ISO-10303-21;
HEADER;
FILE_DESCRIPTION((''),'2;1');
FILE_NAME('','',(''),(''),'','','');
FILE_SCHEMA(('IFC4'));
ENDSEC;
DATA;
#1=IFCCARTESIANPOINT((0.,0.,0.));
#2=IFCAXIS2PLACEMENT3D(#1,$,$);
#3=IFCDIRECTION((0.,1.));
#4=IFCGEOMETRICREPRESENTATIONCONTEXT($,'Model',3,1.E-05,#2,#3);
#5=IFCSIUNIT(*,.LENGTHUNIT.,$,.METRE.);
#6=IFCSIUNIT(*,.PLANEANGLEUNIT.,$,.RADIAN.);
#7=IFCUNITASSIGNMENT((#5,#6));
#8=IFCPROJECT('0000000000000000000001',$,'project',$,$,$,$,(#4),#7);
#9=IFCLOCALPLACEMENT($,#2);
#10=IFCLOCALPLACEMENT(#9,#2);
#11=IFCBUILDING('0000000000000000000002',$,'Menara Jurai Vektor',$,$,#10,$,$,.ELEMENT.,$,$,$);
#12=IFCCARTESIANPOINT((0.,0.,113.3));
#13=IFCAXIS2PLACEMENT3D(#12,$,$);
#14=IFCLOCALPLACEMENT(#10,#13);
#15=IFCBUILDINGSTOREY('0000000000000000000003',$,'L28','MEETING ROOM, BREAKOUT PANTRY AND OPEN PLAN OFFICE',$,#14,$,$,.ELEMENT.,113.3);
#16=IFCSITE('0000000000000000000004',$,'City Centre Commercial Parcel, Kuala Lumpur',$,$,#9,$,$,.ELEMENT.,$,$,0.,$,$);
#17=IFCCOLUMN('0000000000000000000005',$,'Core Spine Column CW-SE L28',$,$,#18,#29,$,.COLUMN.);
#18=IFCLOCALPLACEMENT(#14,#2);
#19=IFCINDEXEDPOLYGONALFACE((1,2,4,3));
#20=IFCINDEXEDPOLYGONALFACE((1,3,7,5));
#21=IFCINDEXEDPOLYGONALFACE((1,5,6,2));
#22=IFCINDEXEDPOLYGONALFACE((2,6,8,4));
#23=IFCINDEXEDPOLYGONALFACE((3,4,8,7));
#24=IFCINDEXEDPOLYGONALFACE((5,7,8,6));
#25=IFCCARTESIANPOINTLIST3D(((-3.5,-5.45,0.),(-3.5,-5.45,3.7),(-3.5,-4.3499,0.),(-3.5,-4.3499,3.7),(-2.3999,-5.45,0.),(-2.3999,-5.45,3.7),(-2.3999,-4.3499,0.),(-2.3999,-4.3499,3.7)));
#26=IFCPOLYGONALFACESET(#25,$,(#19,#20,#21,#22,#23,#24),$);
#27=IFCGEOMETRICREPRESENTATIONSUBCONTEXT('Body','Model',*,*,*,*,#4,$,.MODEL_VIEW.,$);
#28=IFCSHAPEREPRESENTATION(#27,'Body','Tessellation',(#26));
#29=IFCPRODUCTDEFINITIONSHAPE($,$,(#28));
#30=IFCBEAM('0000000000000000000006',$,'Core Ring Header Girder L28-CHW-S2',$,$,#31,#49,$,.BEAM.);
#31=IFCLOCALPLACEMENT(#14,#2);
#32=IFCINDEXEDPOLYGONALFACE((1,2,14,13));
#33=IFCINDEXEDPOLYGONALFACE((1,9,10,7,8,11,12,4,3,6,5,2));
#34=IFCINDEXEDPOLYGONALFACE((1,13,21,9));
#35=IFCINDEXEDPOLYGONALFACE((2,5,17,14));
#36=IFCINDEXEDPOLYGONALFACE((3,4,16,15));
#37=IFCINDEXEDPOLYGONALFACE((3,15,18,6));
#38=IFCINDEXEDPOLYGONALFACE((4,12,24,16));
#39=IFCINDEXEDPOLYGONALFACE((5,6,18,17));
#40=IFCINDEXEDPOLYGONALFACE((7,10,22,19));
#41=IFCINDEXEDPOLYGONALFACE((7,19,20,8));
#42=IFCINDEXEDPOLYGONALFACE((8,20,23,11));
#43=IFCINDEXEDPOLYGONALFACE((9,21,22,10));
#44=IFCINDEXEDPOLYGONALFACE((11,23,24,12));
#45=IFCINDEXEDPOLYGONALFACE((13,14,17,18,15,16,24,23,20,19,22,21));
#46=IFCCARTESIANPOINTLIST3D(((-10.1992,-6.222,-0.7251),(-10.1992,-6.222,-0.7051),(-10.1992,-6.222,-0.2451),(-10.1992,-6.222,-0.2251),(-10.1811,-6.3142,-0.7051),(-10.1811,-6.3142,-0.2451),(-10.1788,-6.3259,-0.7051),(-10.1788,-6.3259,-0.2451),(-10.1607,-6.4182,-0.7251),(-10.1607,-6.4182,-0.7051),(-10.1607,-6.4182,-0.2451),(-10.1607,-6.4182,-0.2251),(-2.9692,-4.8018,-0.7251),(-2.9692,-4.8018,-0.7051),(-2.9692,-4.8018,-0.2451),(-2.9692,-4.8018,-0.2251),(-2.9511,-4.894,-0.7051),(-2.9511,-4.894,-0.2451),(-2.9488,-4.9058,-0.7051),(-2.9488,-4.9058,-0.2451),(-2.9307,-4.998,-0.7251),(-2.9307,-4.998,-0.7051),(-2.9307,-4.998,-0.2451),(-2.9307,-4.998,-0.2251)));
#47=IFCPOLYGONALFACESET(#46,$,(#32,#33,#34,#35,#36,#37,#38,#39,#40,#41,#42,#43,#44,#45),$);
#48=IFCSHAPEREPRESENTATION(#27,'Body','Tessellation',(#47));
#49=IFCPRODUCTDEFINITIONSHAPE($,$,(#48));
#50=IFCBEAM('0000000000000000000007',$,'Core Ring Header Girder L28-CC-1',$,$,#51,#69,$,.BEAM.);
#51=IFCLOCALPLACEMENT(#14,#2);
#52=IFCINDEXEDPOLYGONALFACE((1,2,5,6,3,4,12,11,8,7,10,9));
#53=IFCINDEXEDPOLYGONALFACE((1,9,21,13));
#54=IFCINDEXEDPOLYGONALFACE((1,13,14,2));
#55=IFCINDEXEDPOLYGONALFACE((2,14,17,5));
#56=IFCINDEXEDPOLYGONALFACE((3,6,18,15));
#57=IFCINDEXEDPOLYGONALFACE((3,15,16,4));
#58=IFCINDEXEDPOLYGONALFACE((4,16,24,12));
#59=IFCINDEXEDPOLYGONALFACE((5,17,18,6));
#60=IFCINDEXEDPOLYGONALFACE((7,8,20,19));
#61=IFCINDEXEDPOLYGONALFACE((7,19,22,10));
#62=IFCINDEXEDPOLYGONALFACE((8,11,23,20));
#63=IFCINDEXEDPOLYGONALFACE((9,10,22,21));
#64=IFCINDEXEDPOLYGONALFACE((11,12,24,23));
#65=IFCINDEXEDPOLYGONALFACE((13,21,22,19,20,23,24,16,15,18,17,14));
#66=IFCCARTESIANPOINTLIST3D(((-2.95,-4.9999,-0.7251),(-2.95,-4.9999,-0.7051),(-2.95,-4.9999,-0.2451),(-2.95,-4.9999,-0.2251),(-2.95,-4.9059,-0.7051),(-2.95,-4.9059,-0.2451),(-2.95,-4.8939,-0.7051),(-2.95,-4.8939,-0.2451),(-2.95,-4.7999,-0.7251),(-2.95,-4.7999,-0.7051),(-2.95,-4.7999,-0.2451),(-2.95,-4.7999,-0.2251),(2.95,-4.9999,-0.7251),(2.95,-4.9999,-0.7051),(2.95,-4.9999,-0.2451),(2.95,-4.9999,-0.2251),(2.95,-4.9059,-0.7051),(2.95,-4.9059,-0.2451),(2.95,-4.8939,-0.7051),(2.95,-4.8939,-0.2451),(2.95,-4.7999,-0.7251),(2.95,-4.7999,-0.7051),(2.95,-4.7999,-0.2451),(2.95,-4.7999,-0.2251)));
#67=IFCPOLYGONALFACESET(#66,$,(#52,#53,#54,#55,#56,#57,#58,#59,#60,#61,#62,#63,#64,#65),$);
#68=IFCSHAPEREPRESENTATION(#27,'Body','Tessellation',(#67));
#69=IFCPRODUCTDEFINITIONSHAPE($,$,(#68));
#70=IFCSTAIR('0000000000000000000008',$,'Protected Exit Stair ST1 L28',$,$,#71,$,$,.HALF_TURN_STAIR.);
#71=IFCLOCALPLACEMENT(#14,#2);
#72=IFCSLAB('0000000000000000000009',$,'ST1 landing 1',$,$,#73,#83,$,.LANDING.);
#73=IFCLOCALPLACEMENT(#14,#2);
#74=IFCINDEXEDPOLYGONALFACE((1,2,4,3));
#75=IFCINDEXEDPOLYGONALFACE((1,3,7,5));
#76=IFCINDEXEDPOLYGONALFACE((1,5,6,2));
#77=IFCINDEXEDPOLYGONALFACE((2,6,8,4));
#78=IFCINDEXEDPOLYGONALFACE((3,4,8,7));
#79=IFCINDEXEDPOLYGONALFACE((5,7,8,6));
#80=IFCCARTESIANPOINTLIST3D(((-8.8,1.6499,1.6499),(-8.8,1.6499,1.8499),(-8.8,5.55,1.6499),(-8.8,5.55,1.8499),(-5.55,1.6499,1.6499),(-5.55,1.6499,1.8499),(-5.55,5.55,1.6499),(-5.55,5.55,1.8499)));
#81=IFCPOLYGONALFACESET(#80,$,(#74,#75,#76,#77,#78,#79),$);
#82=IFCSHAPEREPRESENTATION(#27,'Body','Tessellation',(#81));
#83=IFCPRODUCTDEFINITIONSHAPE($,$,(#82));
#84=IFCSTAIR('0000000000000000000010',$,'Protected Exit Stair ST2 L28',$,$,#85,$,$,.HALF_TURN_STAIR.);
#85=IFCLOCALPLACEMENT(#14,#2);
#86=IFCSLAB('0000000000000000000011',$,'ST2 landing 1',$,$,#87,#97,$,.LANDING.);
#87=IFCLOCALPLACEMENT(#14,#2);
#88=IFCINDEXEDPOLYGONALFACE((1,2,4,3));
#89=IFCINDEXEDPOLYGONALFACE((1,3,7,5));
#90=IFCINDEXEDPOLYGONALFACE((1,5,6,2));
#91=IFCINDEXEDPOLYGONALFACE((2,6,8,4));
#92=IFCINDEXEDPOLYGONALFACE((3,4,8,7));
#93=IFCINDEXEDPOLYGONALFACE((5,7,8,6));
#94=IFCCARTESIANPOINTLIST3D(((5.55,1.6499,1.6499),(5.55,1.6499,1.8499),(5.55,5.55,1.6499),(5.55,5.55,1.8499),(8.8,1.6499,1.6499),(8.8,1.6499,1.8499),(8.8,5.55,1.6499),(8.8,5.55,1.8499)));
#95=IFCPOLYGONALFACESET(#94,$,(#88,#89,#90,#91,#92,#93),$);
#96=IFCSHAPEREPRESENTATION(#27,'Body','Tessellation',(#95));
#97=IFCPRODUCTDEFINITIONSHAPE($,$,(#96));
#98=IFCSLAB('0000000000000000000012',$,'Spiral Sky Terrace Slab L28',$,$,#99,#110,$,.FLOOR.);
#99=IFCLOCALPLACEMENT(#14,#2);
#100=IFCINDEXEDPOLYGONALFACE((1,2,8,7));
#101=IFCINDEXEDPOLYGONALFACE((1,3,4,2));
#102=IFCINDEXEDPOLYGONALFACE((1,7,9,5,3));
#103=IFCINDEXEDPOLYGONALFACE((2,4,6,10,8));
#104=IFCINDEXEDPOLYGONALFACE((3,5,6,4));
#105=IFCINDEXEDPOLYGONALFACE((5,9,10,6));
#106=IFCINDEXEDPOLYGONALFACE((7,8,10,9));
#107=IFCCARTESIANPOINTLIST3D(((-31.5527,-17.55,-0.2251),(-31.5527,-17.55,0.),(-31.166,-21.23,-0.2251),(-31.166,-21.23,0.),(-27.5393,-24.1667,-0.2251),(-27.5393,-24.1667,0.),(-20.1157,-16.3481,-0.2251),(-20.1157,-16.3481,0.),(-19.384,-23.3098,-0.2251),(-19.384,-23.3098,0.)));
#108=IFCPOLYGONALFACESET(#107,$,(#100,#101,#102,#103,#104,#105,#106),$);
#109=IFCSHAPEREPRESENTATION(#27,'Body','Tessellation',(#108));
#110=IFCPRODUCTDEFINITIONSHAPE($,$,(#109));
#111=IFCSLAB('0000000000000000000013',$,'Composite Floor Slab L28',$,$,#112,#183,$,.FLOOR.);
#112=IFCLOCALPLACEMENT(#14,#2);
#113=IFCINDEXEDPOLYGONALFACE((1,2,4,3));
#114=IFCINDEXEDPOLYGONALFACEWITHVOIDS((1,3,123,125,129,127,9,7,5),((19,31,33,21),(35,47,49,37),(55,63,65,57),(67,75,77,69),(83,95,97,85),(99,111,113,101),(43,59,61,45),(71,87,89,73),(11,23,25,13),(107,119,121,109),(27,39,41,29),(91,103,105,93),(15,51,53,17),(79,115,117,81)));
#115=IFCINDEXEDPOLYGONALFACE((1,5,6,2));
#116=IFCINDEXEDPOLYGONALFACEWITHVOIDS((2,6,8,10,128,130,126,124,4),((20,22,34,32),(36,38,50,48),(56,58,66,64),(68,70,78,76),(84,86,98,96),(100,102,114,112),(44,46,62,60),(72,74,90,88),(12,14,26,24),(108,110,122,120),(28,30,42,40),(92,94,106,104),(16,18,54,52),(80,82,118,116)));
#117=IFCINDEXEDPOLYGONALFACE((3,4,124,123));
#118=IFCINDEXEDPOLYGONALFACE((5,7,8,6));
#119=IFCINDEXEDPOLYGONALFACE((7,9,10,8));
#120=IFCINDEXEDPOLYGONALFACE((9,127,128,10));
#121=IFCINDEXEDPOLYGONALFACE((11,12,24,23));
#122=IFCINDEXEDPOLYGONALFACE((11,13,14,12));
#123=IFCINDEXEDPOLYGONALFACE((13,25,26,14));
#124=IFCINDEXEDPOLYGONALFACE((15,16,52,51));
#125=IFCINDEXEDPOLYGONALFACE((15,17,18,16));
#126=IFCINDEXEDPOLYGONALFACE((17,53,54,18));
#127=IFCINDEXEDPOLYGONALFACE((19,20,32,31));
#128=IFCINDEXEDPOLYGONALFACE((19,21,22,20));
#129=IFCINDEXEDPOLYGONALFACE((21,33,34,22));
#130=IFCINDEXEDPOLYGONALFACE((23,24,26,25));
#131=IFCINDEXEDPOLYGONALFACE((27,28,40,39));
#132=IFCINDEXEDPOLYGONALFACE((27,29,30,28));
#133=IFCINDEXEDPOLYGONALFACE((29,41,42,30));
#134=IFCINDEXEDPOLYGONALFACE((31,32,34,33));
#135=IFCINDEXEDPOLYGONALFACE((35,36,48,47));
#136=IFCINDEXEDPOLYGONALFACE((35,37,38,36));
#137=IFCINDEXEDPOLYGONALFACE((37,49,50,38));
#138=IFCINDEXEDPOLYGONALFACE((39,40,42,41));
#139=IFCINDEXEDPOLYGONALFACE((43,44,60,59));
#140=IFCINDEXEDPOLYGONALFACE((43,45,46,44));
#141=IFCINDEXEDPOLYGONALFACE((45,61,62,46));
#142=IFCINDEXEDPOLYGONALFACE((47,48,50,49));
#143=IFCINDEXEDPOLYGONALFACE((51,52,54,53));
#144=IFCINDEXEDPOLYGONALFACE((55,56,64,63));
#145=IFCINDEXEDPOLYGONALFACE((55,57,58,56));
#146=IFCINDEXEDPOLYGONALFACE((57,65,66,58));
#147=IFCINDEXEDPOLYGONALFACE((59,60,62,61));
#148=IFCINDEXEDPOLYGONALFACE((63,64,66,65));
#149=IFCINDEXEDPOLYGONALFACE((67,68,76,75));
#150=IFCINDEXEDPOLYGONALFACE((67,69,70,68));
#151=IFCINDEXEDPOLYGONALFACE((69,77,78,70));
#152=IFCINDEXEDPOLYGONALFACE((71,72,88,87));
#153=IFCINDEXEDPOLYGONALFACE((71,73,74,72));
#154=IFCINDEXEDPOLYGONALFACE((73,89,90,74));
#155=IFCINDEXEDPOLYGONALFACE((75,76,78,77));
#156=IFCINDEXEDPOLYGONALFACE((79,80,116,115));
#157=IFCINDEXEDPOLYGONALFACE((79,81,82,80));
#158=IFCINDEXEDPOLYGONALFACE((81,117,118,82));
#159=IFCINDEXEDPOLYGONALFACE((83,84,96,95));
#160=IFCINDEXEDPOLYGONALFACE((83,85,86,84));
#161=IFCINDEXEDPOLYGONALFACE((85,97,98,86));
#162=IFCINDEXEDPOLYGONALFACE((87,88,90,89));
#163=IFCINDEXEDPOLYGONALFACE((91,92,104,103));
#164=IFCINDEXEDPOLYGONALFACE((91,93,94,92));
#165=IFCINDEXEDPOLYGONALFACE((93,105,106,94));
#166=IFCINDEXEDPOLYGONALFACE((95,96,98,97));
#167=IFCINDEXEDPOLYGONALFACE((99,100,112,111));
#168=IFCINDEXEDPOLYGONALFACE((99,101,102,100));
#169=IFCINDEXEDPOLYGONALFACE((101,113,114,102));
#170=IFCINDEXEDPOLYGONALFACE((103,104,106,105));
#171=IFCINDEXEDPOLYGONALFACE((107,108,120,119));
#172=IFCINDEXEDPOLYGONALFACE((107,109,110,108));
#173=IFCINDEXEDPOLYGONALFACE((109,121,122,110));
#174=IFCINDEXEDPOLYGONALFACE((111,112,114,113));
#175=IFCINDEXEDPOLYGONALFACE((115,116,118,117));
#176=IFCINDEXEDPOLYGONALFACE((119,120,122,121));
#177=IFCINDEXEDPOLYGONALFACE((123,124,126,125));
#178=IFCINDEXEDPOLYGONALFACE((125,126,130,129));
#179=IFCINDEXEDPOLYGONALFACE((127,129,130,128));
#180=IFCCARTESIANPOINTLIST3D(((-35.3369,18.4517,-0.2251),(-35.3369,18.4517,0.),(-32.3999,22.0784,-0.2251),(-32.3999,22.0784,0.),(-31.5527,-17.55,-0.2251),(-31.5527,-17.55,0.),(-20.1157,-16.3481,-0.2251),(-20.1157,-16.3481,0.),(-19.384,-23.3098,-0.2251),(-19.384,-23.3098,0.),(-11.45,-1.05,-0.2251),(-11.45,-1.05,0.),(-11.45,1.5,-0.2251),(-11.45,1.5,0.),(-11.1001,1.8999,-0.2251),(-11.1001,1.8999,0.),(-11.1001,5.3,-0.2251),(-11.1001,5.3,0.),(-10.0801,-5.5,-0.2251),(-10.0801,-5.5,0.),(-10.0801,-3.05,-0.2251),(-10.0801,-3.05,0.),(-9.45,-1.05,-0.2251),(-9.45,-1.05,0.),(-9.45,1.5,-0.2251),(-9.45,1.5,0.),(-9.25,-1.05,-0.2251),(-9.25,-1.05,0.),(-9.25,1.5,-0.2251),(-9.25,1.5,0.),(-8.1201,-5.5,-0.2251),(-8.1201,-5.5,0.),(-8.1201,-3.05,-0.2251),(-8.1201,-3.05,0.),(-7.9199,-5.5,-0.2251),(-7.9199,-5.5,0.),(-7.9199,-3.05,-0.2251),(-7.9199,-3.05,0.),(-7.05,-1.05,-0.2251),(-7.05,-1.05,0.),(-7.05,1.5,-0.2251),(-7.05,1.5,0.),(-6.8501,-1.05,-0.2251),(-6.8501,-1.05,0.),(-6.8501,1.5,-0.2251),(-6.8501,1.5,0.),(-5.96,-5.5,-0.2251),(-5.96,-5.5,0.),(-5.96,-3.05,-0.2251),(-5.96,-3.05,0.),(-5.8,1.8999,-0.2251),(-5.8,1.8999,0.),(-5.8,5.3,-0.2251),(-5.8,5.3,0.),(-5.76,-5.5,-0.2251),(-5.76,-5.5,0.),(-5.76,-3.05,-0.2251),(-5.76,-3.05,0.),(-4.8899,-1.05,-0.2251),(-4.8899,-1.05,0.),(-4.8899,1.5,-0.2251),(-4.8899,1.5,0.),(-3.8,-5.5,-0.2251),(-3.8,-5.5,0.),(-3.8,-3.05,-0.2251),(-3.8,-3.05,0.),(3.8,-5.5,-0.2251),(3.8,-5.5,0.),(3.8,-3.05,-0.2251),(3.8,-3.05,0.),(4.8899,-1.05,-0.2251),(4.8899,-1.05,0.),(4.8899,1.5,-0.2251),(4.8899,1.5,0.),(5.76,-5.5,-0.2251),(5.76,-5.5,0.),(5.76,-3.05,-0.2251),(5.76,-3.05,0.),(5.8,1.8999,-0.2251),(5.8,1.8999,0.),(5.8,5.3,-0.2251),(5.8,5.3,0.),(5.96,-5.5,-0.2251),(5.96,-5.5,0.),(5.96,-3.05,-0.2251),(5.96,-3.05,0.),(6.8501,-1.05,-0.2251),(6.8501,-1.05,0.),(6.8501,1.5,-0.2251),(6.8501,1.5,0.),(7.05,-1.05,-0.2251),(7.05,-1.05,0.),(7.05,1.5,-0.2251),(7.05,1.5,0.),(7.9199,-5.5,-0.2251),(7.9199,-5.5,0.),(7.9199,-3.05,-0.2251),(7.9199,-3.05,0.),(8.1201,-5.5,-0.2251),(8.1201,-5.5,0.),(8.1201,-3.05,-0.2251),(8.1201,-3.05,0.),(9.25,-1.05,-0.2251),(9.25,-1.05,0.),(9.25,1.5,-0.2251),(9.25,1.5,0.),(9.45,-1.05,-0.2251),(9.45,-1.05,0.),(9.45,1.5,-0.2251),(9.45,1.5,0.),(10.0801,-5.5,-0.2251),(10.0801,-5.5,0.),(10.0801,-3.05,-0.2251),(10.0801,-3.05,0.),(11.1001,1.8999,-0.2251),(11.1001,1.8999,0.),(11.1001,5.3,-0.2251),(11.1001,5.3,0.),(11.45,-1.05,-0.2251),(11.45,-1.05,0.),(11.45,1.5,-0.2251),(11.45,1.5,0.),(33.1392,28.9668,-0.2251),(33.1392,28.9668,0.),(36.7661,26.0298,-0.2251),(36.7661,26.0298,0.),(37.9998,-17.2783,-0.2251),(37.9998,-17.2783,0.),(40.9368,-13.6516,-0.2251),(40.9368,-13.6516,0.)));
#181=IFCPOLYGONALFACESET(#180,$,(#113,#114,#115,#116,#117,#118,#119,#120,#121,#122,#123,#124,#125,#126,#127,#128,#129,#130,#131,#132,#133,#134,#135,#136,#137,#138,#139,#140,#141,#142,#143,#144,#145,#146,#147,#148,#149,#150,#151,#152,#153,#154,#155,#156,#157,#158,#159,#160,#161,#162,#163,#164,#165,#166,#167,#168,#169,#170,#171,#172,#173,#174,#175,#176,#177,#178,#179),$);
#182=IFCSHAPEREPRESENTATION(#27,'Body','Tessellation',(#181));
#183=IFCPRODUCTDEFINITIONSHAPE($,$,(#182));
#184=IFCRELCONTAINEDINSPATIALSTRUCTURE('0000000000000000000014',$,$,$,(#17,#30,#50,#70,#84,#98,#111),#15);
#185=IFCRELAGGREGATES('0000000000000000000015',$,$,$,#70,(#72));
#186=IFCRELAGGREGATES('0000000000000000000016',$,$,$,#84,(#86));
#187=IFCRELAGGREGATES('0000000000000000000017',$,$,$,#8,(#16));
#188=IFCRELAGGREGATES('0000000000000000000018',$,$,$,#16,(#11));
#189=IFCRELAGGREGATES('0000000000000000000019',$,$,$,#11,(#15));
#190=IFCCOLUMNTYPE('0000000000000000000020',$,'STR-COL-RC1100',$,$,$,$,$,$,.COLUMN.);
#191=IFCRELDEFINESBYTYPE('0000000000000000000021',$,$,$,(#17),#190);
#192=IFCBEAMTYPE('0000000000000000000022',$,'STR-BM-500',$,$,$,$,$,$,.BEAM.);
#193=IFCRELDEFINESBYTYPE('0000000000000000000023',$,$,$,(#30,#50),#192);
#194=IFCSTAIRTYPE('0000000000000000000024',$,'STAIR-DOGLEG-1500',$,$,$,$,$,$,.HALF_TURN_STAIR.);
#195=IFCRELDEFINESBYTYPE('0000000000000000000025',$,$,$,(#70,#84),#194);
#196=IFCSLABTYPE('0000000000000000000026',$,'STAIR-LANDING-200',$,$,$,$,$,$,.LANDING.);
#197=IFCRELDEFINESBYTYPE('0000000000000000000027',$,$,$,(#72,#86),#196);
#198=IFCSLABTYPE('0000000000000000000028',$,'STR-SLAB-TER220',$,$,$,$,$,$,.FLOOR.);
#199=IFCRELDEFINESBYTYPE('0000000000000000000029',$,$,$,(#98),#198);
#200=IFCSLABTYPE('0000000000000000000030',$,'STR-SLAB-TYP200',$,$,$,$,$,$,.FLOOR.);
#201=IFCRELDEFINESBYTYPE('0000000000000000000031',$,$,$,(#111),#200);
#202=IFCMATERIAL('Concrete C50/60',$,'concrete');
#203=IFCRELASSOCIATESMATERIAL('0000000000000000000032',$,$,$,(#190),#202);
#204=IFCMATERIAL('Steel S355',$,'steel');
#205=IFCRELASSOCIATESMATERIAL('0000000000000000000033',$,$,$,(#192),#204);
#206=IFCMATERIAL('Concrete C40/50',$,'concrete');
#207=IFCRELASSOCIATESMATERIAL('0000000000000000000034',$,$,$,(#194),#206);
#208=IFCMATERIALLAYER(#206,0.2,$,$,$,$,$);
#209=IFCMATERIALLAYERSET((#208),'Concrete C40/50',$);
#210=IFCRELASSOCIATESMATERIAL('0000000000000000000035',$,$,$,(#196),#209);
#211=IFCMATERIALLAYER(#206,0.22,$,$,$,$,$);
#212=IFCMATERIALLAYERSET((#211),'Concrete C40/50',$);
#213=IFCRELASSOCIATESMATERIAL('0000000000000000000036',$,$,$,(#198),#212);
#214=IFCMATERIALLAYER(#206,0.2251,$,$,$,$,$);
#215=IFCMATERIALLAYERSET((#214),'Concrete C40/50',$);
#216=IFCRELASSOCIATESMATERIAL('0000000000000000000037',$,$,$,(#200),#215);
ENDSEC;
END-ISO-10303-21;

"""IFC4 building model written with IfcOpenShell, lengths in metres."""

from ifc_helpers import new_model, si_unit, direction, frame, origin, origin_2d, place, context, subcontext, project, spatial, polyline, rectangle, i_section, outline, extrude, material, layer, layer_set, material_profile, profile_set, type_object, element, aggregate, save


model = new_model("IFC4")

# Units and contexts
model_context = context("Model", 3, precision=1e-05, world=origin(), true_north=direction((0.0, 1.0)))
body_context = subcontext(model_context, "Body", "Model", "MODEL_VIEW")
ifc_project = project(units=[si_unit("LENGTHUNIT", "METRE"), si_unit("PLANEANGLEUNIT", "RADIAN")], contexts=[model_context])

# Site, building, storey
site_placement = place(None, origin())
site = spatial("IfcSite", under=ifc_project, at=site_placement, Name="City Centre Commercial Parcel, Kuala Lumpur", CompositionType="ELEMENT", RefElevation=0.0)
building_placement = place(site_placement, origin())
building = spatial("IfcBuilding", under=site, at=building_placement, Name="Menara Jurai Vektor", CompositionType="ELEMENT")
storey_placement = place(building_placement, frame((0.0, 0.0, 113.3)))
storey = spatial("IfcBuildingStorey", under=building, at=storey_placement, Name="L28", Description="MEETING ROOM, BREAKOUT PANTRY AND OPEN PLAN OFFICE", CompositionType="ELEMENT", Elevation=113.3)

# Column
ifc_material_1 = material(Name="Concrete C50/60", Category="concrete")
ifc_material_profile_1 = material_profile(ifc_material_1, rectangle(XDim=1.1001, YDim=1.1001, at=origin_2d()), Name="RC 1100x1100")
ifc_profile_set_1 = profile_set([ifc_material_profile_1], Name="Concrete C50/60")
column_type = type_object("IfcColumnType", Name="STR-COL-RC1100", PredefinedType="COLUMN", material=ifc_profile_set_1)
column_placement = place(storey_placement, frame((-2.95, -4.8999, 0.0), z_axis=(0.0, 0.0, 1.0), x_axis=(1.0, 0.0, 0.0)))
element("IfcColumn", 1, at=column_placement, inside=storey, type_object=column_type, Name="Core Spine Column CW-SE L28", PredefinedType="COLUMN", context=body_context, shape_type="SweptSolid", body=[
    extrude(rectangle(XDim=1.1001, YDim=1.1001, at=origin_2d()), origin(), (0.0, 0.0, 1.0), 3.7),
])

# Beams
ifc_material_2 = material(Name="Steel S355", Category="steel")
ifc_material_profile_2 = material_profile(ifc_material_2, i_section(OverallWidth=0.2, OverallDepth=0.5, WebThickness=0.012, FlangeThickness=0.02, at=origin_2d()), Name="PG 500x200x96")
ifc_profile_set_2 = profile_set([ifc_material_profile_2], Name="Steel S355")
beam_type = type_object("IfcBeamType", Name="STR-BM-500", PredefinedType="BEAM", material=ifc_profile_set_2)
beam_1_placement = place(storey_placement, frame((-10.1799, -6.3201, -0.4751), z_axis=(0.981249, 0.192744, 0.0), x_axis=(-0.192744, 0.981249, 0.0)))
element("IfcBeam", 2, at=beam_1_placement, inside=storey, type_object=beam_type, Name="Core Ring Header Girder L28-CHW-S2", PredefinedType="BEAM", context=body_context, shape_type="SweptSolid", body=[
    extrude(i_section(OverallWidth=0.2, OverallDepth=0.5, WebThickness=0.012, FlangeThickness=0.02, at=origin_2d()), origin(), (0.0, 0.0, 1.0), 7.3682),
])
beam_2_placement = place(storey_placement, frame((-2.95, -4.8999, -0.4751), z_axis=(1.0, 0.0, 0.0), x_axis=(0.0, 1.0, 0.0)))
element("IfcBeam", 3, at=beam_2_placement, inside=storey, type_object=beam_type, Name="Core Ring Header Girder L28-CC-1", PredefinedType="BEAM", context=body_context, shape_type="SweptSolid", body=[
    extrude(i_section(OverallWidth=0.2, OverallDepth=0.5, WebThickness=0.012, FlangeThickness=0.02, at=origin_2d()), origin(), (0.0, 0.0, 1.0), 5.8999),
])

# Stairs, slabs
ifc_material_3 = material(Name="Concrete C40/50", Category="concrete")
stair_type = type_object("IfcStairType", Name="STAIR-DOGLEG-1500", PredefinedType="HALF_TURN_STAIR", material=ifc_material_3)
stair_1_placement = place(storey_placement, origin())
stair_1 = element("IfcStair", 4, at=stair_1_placement, inside=storey, type_object=stair_type, Name="Protected Exit Stair ST1 L28", PredefinedType="HALF_TURN_STAIR")
ifc_layer_1 = layer(ifc_material_3, 0.2)
ifc_layer_set_1 = layer_set([ifc_layer_1], Name="Concrete C40/50")
slab_type_1 = type_object("IfcSlabType", Name="STAIR-LANDING-200", PredefinedType="LANDING", material=ifc_layer_set_1)
slab_1_placement = place(storey_placement, frame((0.0, 0.0, 1.6499)))
slab_1 = element("IfcSlab", 5, at=slab_1_placement, type_object=slab_type_1, Name="ST1 landing 1", PredefinedType="LANDING", context=body_context, shape_type="SweptSolid", body=[
    extrude(outline(polyline([(-8.8, 1.6499), (-5.55, 1.6499), (-5.55, 5.55), (-8.8, 5.55), (-8.8, 1.6499)])), origin(), (0.0, 0.0, 1.0), 0.2),
])
aggregate(stair_1, [slab_1])
stair_2_placement = place(storey_placement, origin())
stair_2 = element("IfcStair", 6, at=stair_2_placement, inside=storey, type_object=stair_type, Name="Protected Exit Stair ST2 L28", PredefinedType="HALF_TURN_STAIR")
slab_2_placement = place(storey_placement, frame((0.0, 0.0, 1.6499)))
slab_2 = element("IfcSlab", 7, at=slab_2_placement, type_object=slab_type_1, Name="ST2 landing 1", PredefinedType="LANDING", context=body_context, shape_type="SweptSolid", body=[
    extrude(outline(polyline([(5.55, 1.6499), (8.8, 1.6499), (8.8, 5.55), (5.55, 5.55), (5.55, 1.6499)])), origin(), (0.0, 0.0, 1.0), 0.2),
])
aggregate(stair_2, [slab_2])

# Slabs
ifc_layer_2 = layer(ifc_material_3, 0.22)
ifc_layer_set_2 = layer_set([ifc_layer_2], Name="Concrete C40/50")
slab_type_2 = type_object("IfcSlabType", Name="STR-SLAB-TER220", PredefinedType="FLOOR", material=ifc_layer_set_2)
slab_3_placement = place(storey_placement, frame((0.0, 0.0, -0.2251)))
element("IfcSlab", 8, at=slab_3_placement, inside=storey, type_object=slab_type_2, Name="Spiral Sky Terrace Slab L28", PredefinedType="FLOOR", context=body_context, shape_type="SweptSolid", body=[
    extrude(outline(polyline([(-19.384, -23.3098), (-20.1157, -16.3481), (-31.5527, -17.55), (-31.166, -21.23), (-27.5393, -24.1667), (-19.384, -23.3098)])), origin(), (0.0, 0.0, 1.0), 0.2251),
])
ifc_layer_3 = layer(ifc_material_3, 0.2251)
ifc_layer_set_3 = layer_set([ifc_layer_3], Name="Concrete C40/50")
slab_type_3 = type_object("IfcSlabType", Name="STR-SLAB-TYP200", PredefinedType="FLOOR", material=ifc_layer_set_3)
slab_4_placement = place(storey_placement, frame((0.0, 0.0, -0.2251)))
element("IfcSlab", 9, at=slab_4_placement, inside=storey, type_object=slab_type_3, Name="Composite Floor Slab L28", PredefinedType="FLOOR", context=body_context, shape_type="SweptSolid", body=[
    extrude(outline(polyline([(-31.5527, -17.55), (-20.1157, -16.3481), (-19.384, -23.3098), (37.9998, -17.2783), (40.9368, -13.6516), (36.7661, 26.0298), (33.1392, 28.9668), (-32.3999, 22.0784), (-35.3369, 18.4517), (-31.5527, -17.55)]), holes=[polyline([(-11.1001, 1.8999), (-11.1001, 5.3), (-5.8, 5.3), (-5.8, 1.8999), (-11.1001, 1.8999)]), polyline([(5.8, 1.8999), (5.8, 5.3), (11.1001, 5.3), (11.1001, 1.8999), (5.8, 1.8999)]), polyline([(-11.45, -1.05), (-11.45, 1.5), (-9.45, 1.5), (-9.45, -1.05), (-11.45, -1.05)]), polyline([(9.45, -1.05), (9.45, 1.5), (11.45, 1.5), (11.45, -1.05), (9.45, -1.05)]), polyline([(-5.76, -5.5), (-5.76, -3.05), (-3.8, -3.05), (-3.8, -5.5), (-5.76, -5.5)]), polyline([(-6.8501, -1.05), (-6.8501, 1.5), (-4.8899, 1.5), (-4.8899, -1.05), (-6.8501, -1.05)]), polyline([(3.8, -5.5), (3.8, -3.05), (5.76, -3.05), (5.76, -5.5), (3.8, -5.5)]), polyline([(4.8899, -1.05), (4.8899, 1.5), (6.8501, 1.5), (6.8501, -1.05), (4.8899, -1.05)]), polyline([(-10.0801, -5.5), (-10.0801, -3.05), (-8.1201, -3.05), (-8.1201, -5.5), (-10.0801, -5.5)]), polyline([(-7.9199, -5.5), (-7.9199, -3.05), (-5.96, -3.05), (-5.96, -5.5), (-7.9199, -5.5)]), polyline([(5.96, -5.5), (5.96, -3.05), (7.9199, -3.05), (7.9199, -5.5), (5.96, -5.5)]), polyline([(8.1201, -5.5), (8.1201, -3.05), (10.0801, -3.05), (10.0801, -5.5), (8.1201, -5.5)]), polyline([(-9.25, -1.05), (-9.25, 1.5), (-7.05, 1.5), (-7.05, -1.05), (-9.25, -1.05)]), polyline([(7.05, -1.05), (7.05, 1.5), (9.25, 1.5), (9.25, -1.05), (7.05, -1.05)])]), origin(), (0.0, 0.0, 1.0), 0.2251),
])

save(model, "model.ifc")
